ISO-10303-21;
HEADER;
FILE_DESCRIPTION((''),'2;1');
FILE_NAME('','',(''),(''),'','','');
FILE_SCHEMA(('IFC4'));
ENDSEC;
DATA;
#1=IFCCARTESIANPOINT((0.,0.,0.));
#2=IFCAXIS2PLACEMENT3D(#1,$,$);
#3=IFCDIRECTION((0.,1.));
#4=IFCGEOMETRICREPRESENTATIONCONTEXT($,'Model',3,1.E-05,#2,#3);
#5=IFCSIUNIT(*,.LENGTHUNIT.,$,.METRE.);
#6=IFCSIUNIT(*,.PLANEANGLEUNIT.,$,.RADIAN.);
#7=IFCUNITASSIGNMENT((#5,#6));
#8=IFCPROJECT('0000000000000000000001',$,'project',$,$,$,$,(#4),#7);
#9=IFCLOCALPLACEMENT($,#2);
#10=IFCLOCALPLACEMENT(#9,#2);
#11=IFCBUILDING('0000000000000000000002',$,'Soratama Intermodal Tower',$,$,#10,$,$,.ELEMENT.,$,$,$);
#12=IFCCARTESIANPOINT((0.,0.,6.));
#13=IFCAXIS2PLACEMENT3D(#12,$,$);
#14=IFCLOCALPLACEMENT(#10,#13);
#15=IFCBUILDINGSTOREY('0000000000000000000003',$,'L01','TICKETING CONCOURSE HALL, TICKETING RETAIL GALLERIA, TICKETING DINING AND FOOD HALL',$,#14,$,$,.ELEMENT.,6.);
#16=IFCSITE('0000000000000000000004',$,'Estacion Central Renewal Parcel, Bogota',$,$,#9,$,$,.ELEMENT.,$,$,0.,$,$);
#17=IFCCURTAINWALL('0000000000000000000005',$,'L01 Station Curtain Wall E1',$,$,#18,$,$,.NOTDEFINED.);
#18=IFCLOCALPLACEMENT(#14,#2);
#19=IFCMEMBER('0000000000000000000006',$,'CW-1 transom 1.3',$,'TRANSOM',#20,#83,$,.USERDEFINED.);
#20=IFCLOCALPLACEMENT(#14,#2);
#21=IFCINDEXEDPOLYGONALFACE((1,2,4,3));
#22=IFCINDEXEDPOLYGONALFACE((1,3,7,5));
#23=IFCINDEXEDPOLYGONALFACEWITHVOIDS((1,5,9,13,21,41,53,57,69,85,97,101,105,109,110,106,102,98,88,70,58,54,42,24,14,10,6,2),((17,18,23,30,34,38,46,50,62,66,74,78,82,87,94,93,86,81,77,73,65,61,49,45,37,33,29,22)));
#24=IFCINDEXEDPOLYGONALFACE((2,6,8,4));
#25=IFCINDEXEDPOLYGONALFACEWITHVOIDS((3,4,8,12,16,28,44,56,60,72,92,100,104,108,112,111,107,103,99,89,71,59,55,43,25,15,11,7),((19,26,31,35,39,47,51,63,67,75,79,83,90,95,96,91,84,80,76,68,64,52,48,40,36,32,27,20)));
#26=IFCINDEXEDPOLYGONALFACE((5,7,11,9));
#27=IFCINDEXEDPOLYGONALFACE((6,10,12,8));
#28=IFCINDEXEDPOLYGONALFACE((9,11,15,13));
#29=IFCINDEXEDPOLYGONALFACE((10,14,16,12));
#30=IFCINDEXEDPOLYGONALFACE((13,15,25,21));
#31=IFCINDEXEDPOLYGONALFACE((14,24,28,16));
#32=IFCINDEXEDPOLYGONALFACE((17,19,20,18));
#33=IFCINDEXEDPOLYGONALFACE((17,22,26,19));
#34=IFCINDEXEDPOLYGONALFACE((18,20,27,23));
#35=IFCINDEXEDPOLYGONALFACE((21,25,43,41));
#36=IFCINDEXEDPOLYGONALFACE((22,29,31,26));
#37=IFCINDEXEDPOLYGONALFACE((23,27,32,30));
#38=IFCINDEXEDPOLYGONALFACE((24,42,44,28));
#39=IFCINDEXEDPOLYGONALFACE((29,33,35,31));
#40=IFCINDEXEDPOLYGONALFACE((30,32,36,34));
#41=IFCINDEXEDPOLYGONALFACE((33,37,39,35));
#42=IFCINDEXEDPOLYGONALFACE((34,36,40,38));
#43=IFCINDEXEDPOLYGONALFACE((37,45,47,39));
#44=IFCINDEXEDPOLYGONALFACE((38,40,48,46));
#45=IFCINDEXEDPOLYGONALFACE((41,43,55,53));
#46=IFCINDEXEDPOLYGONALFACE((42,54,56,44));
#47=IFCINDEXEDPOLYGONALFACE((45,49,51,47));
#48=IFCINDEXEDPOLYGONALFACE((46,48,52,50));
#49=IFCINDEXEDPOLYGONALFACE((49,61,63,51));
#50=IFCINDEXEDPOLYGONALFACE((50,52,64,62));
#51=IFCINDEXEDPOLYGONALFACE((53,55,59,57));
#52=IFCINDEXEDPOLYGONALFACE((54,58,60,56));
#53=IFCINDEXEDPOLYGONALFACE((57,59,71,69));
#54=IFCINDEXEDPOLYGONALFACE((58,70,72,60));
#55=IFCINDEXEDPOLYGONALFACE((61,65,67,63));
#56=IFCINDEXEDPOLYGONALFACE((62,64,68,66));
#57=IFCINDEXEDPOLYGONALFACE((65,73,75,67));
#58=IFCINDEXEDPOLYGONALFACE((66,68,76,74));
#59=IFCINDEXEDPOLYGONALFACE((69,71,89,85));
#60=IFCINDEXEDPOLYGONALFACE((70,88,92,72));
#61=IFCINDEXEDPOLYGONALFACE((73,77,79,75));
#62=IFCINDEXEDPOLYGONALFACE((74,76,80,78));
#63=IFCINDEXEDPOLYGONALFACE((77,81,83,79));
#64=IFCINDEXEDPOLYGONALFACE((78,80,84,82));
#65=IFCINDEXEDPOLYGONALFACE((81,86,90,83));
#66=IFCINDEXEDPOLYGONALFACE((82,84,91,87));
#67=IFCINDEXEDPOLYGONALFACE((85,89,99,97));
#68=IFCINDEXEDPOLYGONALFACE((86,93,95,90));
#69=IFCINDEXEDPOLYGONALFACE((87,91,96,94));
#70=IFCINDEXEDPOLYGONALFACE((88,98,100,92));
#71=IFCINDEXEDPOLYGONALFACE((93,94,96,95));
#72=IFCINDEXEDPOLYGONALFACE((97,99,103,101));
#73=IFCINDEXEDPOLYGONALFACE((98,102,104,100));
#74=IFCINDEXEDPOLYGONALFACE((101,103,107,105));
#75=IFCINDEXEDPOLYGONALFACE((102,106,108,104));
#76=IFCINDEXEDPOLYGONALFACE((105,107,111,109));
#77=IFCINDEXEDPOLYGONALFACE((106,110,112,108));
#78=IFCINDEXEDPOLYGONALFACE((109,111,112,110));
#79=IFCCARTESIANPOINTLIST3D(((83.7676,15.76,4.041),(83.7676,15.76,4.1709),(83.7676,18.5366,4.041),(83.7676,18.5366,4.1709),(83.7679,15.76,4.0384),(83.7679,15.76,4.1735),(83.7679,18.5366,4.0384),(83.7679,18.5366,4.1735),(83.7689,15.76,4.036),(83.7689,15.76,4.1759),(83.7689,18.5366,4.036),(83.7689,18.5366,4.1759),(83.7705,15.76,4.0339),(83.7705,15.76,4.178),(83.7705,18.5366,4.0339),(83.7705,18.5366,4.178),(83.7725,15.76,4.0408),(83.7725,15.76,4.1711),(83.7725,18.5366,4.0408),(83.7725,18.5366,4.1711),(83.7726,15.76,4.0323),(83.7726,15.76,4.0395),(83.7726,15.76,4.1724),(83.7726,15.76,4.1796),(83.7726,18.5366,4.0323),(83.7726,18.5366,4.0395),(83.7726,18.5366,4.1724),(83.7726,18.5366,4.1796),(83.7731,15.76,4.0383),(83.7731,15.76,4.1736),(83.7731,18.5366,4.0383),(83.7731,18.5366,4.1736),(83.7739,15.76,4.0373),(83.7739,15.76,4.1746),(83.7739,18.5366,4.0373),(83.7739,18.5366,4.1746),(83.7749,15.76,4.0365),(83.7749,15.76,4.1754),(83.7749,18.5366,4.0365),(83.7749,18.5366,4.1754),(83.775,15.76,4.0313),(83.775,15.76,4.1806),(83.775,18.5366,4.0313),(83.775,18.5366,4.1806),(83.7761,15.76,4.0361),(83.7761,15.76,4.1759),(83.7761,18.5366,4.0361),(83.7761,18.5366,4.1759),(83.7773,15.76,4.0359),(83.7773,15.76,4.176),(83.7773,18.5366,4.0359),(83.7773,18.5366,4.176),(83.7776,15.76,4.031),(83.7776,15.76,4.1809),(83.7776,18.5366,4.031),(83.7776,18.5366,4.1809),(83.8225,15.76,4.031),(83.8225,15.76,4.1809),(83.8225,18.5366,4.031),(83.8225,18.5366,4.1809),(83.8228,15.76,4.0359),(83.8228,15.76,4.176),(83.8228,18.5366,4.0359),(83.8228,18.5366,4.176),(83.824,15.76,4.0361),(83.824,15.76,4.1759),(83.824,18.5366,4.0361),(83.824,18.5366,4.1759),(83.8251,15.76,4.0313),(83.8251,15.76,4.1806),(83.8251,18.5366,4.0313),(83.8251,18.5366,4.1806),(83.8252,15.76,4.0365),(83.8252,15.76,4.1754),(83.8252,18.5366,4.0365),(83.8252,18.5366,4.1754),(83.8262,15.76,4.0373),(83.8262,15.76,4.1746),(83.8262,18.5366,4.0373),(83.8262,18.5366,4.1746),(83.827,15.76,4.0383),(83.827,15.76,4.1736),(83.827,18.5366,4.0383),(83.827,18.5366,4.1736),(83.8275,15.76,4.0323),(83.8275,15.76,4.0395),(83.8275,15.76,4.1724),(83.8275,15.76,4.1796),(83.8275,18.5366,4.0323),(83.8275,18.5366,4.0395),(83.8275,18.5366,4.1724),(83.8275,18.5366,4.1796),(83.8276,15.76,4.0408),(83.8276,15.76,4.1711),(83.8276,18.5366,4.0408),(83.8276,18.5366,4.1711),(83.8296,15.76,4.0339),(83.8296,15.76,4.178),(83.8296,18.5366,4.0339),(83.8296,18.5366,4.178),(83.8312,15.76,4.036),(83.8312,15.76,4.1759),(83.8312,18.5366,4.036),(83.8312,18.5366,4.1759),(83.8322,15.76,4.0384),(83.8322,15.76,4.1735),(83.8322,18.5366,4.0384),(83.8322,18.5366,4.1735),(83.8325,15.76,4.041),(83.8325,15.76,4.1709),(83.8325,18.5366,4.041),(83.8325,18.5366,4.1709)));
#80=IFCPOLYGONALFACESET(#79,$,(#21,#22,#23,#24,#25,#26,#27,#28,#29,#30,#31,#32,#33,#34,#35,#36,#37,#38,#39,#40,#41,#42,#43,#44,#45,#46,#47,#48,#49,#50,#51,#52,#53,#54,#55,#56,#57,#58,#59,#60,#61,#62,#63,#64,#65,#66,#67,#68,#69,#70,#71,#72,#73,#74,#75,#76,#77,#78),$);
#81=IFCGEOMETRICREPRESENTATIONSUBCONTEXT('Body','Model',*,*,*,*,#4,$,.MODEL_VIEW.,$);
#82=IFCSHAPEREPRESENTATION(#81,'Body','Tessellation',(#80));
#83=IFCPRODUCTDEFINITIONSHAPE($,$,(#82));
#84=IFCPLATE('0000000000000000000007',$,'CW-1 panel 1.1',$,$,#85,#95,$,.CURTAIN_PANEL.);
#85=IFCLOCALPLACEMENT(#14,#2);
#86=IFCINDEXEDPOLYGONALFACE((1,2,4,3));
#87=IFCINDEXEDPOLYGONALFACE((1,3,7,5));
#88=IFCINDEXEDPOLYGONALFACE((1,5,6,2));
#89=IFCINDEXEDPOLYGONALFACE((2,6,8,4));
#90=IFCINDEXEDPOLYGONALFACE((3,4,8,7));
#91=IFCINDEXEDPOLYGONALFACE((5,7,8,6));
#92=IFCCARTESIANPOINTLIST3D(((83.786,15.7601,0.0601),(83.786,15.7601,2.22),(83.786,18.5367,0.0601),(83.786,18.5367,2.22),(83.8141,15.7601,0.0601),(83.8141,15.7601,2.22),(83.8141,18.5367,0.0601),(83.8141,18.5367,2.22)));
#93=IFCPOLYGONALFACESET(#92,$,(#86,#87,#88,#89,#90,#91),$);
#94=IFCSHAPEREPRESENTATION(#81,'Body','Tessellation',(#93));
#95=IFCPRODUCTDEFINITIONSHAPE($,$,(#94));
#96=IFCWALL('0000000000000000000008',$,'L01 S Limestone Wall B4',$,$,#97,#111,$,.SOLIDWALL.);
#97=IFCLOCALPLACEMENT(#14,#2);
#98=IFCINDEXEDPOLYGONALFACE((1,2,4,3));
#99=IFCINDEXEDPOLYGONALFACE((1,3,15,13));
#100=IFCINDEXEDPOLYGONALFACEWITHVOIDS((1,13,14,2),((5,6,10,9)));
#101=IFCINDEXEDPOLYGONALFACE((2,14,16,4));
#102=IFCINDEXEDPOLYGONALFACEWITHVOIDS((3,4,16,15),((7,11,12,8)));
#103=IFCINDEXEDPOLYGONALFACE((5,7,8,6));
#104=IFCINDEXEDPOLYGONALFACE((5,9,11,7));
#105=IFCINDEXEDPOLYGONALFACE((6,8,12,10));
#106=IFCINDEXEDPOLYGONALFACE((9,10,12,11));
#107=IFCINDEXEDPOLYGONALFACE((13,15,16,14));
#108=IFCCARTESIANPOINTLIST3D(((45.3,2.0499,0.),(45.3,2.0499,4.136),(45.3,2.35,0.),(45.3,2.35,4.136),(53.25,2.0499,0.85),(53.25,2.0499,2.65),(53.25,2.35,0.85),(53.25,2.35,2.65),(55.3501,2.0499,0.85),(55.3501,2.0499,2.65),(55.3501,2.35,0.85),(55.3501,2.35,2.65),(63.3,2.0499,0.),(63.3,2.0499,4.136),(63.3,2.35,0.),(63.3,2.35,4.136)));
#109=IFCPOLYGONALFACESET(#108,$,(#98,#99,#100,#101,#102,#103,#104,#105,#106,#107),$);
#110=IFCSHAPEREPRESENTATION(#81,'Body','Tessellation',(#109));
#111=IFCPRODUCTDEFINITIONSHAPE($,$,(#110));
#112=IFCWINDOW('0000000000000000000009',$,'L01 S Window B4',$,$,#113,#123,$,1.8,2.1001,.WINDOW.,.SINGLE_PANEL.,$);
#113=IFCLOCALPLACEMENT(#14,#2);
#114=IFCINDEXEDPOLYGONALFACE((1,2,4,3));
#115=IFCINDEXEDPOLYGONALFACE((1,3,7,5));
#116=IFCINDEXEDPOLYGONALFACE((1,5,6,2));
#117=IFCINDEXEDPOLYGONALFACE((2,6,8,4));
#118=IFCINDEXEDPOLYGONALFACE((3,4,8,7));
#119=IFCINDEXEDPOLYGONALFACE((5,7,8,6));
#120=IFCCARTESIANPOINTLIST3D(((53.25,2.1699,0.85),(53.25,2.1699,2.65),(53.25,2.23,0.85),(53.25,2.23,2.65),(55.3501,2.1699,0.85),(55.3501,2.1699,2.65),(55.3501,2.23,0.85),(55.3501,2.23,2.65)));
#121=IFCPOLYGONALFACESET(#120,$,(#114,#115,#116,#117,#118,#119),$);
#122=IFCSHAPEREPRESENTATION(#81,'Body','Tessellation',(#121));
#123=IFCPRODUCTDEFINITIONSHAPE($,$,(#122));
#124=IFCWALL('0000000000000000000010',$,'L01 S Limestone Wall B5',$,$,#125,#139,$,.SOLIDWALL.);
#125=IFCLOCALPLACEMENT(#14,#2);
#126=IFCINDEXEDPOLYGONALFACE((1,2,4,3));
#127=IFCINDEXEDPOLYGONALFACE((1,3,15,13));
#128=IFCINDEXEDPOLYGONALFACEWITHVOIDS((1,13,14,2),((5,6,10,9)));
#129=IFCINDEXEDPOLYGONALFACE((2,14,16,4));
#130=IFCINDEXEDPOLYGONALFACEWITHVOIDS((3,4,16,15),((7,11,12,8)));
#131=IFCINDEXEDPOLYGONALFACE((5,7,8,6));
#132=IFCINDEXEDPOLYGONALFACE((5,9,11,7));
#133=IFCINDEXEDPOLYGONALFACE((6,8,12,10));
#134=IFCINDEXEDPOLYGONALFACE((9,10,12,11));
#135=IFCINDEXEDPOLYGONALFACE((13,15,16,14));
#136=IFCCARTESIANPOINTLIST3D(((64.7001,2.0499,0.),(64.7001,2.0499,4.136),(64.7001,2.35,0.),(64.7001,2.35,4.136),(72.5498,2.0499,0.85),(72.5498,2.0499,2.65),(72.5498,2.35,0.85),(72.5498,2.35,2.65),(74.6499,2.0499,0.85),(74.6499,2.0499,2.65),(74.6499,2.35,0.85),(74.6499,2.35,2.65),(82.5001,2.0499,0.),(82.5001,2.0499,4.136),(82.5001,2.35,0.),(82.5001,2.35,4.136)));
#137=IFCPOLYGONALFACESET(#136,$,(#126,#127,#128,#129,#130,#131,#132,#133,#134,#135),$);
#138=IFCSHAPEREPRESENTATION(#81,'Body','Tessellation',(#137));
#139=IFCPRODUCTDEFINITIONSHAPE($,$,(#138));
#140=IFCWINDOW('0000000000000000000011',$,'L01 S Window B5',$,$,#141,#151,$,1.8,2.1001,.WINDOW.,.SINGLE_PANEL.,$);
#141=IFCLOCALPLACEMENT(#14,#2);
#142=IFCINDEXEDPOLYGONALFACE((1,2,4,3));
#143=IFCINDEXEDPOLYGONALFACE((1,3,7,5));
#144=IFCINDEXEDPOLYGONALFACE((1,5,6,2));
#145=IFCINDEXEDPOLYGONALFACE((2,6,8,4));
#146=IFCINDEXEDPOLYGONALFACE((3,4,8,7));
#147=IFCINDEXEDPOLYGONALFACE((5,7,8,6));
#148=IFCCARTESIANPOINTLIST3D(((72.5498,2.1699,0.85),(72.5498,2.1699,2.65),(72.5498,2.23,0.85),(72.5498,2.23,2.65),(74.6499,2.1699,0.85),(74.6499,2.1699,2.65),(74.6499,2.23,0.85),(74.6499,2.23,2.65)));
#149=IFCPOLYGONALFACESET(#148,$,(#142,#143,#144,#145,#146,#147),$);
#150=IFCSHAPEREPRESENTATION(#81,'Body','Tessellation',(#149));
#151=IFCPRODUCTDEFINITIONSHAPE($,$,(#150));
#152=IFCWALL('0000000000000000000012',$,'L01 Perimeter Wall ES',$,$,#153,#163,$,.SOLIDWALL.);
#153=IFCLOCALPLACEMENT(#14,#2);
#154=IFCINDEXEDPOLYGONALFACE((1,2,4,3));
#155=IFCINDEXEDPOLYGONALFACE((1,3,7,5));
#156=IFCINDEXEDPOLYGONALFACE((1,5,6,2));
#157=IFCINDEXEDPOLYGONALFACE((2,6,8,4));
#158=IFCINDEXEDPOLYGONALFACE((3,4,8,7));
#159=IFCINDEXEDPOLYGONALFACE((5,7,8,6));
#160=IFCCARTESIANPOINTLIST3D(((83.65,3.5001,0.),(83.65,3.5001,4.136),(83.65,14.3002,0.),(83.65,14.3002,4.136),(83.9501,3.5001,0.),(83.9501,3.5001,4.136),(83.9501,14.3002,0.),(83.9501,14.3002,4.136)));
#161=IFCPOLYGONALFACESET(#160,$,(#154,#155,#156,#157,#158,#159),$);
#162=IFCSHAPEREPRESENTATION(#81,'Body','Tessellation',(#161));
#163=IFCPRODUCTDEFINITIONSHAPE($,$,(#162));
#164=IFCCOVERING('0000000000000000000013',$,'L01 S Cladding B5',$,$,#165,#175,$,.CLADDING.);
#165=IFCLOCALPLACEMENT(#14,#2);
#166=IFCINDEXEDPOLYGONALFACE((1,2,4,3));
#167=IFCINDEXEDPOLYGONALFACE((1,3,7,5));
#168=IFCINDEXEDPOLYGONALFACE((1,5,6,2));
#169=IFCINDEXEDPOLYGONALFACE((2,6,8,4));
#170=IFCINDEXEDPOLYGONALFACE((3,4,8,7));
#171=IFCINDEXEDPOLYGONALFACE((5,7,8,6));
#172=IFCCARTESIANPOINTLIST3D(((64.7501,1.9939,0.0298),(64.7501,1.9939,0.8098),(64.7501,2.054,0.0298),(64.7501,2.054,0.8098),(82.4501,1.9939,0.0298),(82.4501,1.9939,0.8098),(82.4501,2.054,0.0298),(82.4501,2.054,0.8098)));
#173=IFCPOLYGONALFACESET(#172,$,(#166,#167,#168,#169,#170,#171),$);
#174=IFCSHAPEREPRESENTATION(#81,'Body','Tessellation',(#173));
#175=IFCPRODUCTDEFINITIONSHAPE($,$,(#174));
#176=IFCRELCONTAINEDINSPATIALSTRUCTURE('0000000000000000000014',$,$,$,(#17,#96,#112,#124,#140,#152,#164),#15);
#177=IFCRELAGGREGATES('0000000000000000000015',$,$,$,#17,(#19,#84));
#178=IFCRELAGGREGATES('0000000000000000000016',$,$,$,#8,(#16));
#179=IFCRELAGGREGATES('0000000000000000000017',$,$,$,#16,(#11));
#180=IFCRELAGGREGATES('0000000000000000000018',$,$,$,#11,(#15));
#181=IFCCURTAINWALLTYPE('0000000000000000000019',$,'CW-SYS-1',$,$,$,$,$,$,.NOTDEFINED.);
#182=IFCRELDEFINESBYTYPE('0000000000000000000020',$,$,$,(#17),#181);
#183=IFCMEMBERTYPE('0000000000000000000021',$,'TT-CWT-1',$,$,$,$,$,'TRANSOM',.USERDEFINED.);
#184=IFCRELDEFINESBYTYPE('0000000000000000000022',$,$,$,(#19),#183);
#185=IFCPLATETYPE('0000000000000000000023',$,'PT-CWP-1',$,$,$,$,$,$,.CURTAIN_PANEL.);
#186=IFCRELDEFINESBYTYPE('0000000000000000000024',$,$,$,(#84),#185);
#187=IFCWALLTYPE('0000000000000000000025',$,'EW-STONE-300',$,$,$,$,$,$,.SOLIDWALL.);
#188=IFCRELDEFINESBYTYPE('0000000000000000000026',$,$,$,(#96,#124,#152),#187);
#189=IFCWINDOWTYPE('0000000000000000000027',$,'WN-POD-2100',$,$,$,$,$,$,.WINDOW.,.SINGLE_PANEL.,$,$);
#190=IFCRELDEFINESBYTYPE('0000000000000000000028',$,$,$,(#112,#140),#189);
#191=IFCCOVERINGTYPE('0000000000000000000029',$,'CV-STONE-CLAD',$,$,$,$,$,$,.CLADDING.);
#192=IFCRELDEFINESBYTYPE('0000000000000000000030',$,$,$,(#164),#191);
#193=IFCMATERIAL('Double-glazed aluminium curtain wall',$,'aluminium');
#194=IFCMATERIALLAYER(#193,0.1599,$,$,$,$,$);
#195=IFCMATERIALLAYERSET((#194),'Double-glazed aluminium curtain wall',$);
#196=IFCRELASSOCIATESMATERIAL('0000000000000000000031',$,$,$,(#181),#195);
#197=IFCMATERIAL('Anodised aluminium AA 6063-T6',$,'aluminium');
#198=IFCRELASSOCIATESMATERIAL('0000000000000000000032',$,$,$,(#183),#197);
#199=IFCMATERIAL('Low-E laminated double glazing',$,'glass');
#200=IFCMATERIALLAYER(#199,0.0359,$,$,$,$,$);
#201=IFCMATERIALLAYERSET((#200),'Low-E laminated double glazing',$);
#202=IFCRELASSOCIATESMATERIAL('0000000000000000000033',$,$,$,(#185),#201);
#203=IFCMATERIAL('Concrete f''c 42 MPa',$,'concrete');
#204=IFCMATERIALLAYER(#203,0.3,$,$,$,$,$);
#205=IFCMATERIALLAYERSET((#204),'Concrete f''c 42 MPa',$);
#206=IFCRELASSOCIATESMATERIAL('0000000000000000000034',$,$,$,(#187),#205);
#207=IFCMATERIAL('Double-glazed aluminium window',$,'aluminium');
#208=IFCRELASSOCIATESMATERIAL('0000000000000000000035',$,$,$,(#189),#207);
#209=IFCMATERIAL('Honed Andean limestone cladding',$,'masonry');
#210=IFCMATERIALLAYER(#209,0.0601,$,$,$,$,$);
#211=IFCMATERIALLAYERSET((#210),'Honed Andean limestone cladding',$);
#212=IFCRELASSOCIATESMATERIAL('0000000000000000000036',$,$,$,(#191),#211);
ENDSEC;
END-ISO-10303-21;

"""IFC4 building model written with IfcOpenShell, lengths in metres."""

from ifc_helpers import new_model, si_unit, direction, frame, frame_2d, origin, origin_2d, place, context, subcontext, project, spatial, rectangle, hollow_rectangle, extrude, material, layer, layer_set, material_profile, profile_set, type_object, element, fill, aggregate, save


model = new_model("IFC4")

# Units and contexts
model_context = context("Model", 3, precision=1e-05, world=origin(), true_north=direction((0.0, 1.0)))
body_context = subcontext(model_context, "Body", "Model", "MODEL_VIEW")
ifc_project = project(units=[si_unit("LENGTHUNIT", "METRE"), si_unit("PLANEANGLEUNIT", "RADIAN")], contexts=[model_context])

# Site, building, storey
site_placement = place(None, origin())
site = spatial("IfcSite", under=ifc_project, at=site_placement, Name="Estacion Central Renewal Parcel, Bogota", CompositionType="ELEMENT", RefElevation=0.0)
building_placement = place(site_placement, origin())
building = spatial("IfcBuilding", under=site, at=building_placement, Name="Soratama Intermodal Tower", CompositionType="ELEMENT")
storey_placement = place(building_placement, frame((0.0, 0.0, 6.0)))
storey = spatial("IfcBuildingStorey", under=building, at=storey_placement, Name="L01", Description="TICKETING CONCOURSE HALL, TICKETING RETAIL GALLERIA, TICKETING DINING AND FOOD HALL", CompositionType="ELEMENT", Elevation=6.0)

# Curtain wall, member, plate
ifc_material_1 = material(Name="Double-glazed aluminium curtain wall", Category="aluminium")
ifc_layer_1 = layer(ifc_material_1, 0.1599)
ifc_layer_set_1 = layer_set([ifc_layer_1], Name="Double-glazed aluminium curtain wall")
curtain_wall_type = type_object("IfcCurtainWallType", Name="CW-SYS-1", PredefinedType="NOTDEFINED", material=ifc_layer_set_1)
curtain_wall_placement = place(storey_placement, origin())
curtain_wall = element("IfcCurtainWall", 1, at=curtain_wall_placement, inside=storey, type_object=curtain_wall_type, Name="L01 Station Curtain Wall E1", PredefinedType="NOTDEFINED")
ifc_material_2 = material(Name="Anodised aluminium AA 6063-T6", Category="aluminium")
ifc_material_profile_1 = material_profile(ifc_material_2, hollow_rectangle(XDim=0.0649, YDim=0.1499, WallThickness=0.0049, InnerFilletRadius=0.0049, OuterFilletRadius=0.01, at=origin_2d()), Name="CWT150X65X5")
ifc_profile_set_1 = profile_set([ifc_material_profile_1], Name="Anodised aluminium AA 6063-T6")
member_type_1 = type_object("IfcMemberType", Name="TT-CWT-1", ElementType="TRANSOM", PredefinedType="USERDEFINED", material=ifc_profile_set_1)
member_1_placement = place(storey_placement, frame((83.8, 15.76, 4.106), z_axis=(0.0, 1.0, 0.0), x_axis=(-1.0, 0.0, 0.0)))
member_1 = element("IfcMember", 2, at=member_1_placement, type_object=member_type_1, Name="CW-1 transom 1.3", ObjectType="TRANSOM", PredefinedType="USERDEFINED", context=body_context, shape_type="SweptSolid", body=[
    extrude(hollow_rectangle(XDim=0.0649, YDim=0.1499, WallThickness=0.0049, InnerFilletRadius=0.0049, OuterFilletRadius=0.01, at=origin_2d()), origin(), (0.0, 0.0, 1.0), 2.7766),
])
ifc_material_3 = material(Name="Low-E laminated double glazing", Category="glass")
ifc_layer_2 = layer(ifc_material_3, 0.0359)
ifc_layer_set_2 = layer_set([ifc_layer_2], Name="Low-E laminated double glazing")
plate_type = type_object("IfcPlateType", Name="PT-CWP-1", PredefinedType="CURTAIN_PANEL", material=ifc_layer_set_2)
plate_placement = place(storey_placement, frame((83.8, 17.1484, 0.0601), z_axis=(0.0, 0.0, 1.0), x_axis=(0.0, 1.0, 0.0)))
plate = element("IfcPlate", 3, at=plate_placement, type_object=plate_type, Name="CW-1 panel 1.1", PredefinedType="CURTAIN_PANEL", context=body_context, shape_type="SweptSolid", body=[
    extrude(rectangle(XDim=2.7766, YDim=0.0281, at=origin_2d()), origin(), (0.0, 0.0, 1.0), 2.1599),
])
aggregate(curtain_wall, [member_1, plate])

# Walls, openings, windows
ifc_material_4 = material(Name="Concrete f'c 42 MPa", Category="concrete")
ifc_layer_3 = layer(ifc_material_4, 0.3)
ifc_layer_set_3 = layer_set([ifc_layer_3], Name="Concrete f'c 42 MPa")
wall_type = type_object("IfcWallType", Name="EW-STONE-300", PredefinedType="SOLIDWALL", material=ifc_layer_set_3)
wall_1_placement = place(storey_placement, frame((63.3, 2.2, 0.0), z_axis=(0.0, 0.0, 1.0), x_axis=(-1.0, 0.0, 0.0)))
wall_1 = element("IfcWall", 4, at=wall_1_placement, inside=storey, type_object=wall_type, Name="L01 S Limestone Wall B4", PredefinedType="SOLIDWALL", context=body_context, shape_type="SweptSolid", body=[
    extrude(rectangle(XDim=18.0, YDim=0.3, at=frame_2d((9.0, 0.0))), origin(), (0.0, 0.0, 1.0), 4.136),
])
opening_1_placement = place(wall_1_placement, frame((7.95, 0.0, 0.8501)))
opening_1 = element("IfcOpeningElement", 5, at=opening_1_placement, cuts=wall_1, PredefinedType="OPENING", context=body_context, shape_type="SweptSolid", body=[
    extrude(rectangle(XDim=2.1001, YDim=1.8, at=frame_2d((1.05, 0.8999))), frame((0.0, 0.1599, 0.0), z_axis=(0.0, -1.0, 0.0), x_axis=(1.0, 0.0, 0.0)), (0.0, 0.0, 1.0), 0.3201),
])
ifc_material_5 = material(Name="Double-glazed aluminium window", Category="aluminium")
window_type = type_object("IfcWindowType", Name="WN-POD-2100", PartitioningType="SINGLE_PANEL", PredefinedType="WINDOW", material=ifc_material_5)
window_1_placement = place(opening_1_placement, origin())
window_1 = element("IfcWindow", 6, at=window_1_placement, inside=storey, type_object=window_type, Name="L01 S Window B4", OverallHeight=1.8, OverallWidth=2.1001, PartitioningType="SINGLE_PANEL", PredefinedType="WINDOW", context=body_context, shape_type="SweptSolid", body=[
    extrude(rectangle(XDim=2.1001, YDim=1.8, at=frame_2d((1.05, 0.8999))), frame((0.0, 0.03, 0.0), z_axis=(0.0, -1.0, 0.0), x_axis=(1.0, 0.0, 0.0)), (0.0, 0.0, 1.0), 0.0601),
])
fill(opening_1, window_1)
wall_2_placement = place(storey_placement, frame((82.5, 2.2, 0.0), z_axis=(0.0, 0.0, 1.0), x_axis=(-1.0, 0.0, 0.0)))
wall_2 = element("IfcWall", 7, at=wall_2_placement, inside=storey, type_object=wall_type, Name="L01 S Limestone Wall B5", PredefinedType="SOLIDWALL", context=body_context, shape_type="SweptSolid", body=[
    extrude(rectangle(XDim=17.8, YDim=0.3, at=frame_2d((8.8999, 0.0))), origin(), (0.0, 0.0, 1.0), 4.136),
])
opening_2_placement = place(wall_2_placement, frame((7.8501, 0.0, 0.8501)))
opening_2 = element("IfcOpeningElement", 8, at=opening_2_placement, cuts=wall_2, PredefinedType="OPENING", context=body_context, shape_type="SweptSolid", body=[
    extrude(rectangle(XDim=2.1001, YDim=1.8, at=frame_2d((1.05, 0.8999))), frame((0.0, 0.1599, 0.0), z_axis=(0.0, -1.0, 0.0), x_axis=(1.0, 0.0, 0.0)), (0.0, 0.0, 1.0), 0.3201),
])
window_2_placement = place(opening_2_placement, origin())
window_2 = element("IfcWindow", 9, at=window_2_placement, inside=storey, type_object=window_type, Name="L01 S Window B5", OverallHeight=1.8, OverallWidth=2.1001, PartitioningType="SINGLE_PANEL", PredefinedType="WINDOW", context=body_context, shape_type="SweptSolid", body=[
    extrude(rectangle(XDim=2.1001, YDim=1.8, at=frame_2d((1.05, 0.8999))), frame((0.0, 0.03, 0.0), z_axis=(0.0, -1.0, 0.0), x_axis=(1.0, 0.0, 0.0)), (0.0, 0.0, 1.0), 0.0601),
])
fill(opening_2, window_2)

# Wall
wall_3_placement = place(storey_placement, frame((83.8, 14.3, 0.0), z_axis=(0.0, 0.0, 1.0), x_axis=(0.0, -1.0, 0.0)))
element("IfcWall", 10, at=wall_3_placement, inside=storey, type_object=wall_type, Name="L01 Perimeter Wall ES", PredefinedType="SOLIDWALL", context=body_context, shape_type="SweptSolid", body=[
    extrude(rectangle(XDim=10.8, YDim=0.3, at=frame_2d((5.3999, 0.0))), origin(), (0.0, 0.0, 1.0), 4.136),
])

# Covering
ifc_material_6 = material(Name="Honed Andean limestone cladding", Category="masonry")
ifc_layer_4 = layer(ifc_material_6, 0.0601)
ifc_layer_set_4 = layer_set([ifc_layer_4], Name="Honed Andean limestone cladding")
covering_type = type_object("IfcCoveringType", Name="CV-STONE-CLAD", PredefinedType="CLADDING", material=ifc_layer_set_4)
covering_placement = place(storey_placement, frame((73.6001, 2.0239, 0.0298), z_axis=(0.0, 0.0, 1.0), x_axis=(1.0, 0.0, 0.0)))
element("IfcCovering", 11, at=covering_placement, inside=storey, type_object=covering_type, Name="L01 S Cladding B5", PredefinedType="CLADDING", context=body_context, shape_type="SweptSolid", body=[
    extrude(rectangle(XDim=17.7, YDim=0.0601, at=origin_2d()), origin(), (0.0, 0.0, 1.0), 0.78),
])

save(model, "model.ifc")
